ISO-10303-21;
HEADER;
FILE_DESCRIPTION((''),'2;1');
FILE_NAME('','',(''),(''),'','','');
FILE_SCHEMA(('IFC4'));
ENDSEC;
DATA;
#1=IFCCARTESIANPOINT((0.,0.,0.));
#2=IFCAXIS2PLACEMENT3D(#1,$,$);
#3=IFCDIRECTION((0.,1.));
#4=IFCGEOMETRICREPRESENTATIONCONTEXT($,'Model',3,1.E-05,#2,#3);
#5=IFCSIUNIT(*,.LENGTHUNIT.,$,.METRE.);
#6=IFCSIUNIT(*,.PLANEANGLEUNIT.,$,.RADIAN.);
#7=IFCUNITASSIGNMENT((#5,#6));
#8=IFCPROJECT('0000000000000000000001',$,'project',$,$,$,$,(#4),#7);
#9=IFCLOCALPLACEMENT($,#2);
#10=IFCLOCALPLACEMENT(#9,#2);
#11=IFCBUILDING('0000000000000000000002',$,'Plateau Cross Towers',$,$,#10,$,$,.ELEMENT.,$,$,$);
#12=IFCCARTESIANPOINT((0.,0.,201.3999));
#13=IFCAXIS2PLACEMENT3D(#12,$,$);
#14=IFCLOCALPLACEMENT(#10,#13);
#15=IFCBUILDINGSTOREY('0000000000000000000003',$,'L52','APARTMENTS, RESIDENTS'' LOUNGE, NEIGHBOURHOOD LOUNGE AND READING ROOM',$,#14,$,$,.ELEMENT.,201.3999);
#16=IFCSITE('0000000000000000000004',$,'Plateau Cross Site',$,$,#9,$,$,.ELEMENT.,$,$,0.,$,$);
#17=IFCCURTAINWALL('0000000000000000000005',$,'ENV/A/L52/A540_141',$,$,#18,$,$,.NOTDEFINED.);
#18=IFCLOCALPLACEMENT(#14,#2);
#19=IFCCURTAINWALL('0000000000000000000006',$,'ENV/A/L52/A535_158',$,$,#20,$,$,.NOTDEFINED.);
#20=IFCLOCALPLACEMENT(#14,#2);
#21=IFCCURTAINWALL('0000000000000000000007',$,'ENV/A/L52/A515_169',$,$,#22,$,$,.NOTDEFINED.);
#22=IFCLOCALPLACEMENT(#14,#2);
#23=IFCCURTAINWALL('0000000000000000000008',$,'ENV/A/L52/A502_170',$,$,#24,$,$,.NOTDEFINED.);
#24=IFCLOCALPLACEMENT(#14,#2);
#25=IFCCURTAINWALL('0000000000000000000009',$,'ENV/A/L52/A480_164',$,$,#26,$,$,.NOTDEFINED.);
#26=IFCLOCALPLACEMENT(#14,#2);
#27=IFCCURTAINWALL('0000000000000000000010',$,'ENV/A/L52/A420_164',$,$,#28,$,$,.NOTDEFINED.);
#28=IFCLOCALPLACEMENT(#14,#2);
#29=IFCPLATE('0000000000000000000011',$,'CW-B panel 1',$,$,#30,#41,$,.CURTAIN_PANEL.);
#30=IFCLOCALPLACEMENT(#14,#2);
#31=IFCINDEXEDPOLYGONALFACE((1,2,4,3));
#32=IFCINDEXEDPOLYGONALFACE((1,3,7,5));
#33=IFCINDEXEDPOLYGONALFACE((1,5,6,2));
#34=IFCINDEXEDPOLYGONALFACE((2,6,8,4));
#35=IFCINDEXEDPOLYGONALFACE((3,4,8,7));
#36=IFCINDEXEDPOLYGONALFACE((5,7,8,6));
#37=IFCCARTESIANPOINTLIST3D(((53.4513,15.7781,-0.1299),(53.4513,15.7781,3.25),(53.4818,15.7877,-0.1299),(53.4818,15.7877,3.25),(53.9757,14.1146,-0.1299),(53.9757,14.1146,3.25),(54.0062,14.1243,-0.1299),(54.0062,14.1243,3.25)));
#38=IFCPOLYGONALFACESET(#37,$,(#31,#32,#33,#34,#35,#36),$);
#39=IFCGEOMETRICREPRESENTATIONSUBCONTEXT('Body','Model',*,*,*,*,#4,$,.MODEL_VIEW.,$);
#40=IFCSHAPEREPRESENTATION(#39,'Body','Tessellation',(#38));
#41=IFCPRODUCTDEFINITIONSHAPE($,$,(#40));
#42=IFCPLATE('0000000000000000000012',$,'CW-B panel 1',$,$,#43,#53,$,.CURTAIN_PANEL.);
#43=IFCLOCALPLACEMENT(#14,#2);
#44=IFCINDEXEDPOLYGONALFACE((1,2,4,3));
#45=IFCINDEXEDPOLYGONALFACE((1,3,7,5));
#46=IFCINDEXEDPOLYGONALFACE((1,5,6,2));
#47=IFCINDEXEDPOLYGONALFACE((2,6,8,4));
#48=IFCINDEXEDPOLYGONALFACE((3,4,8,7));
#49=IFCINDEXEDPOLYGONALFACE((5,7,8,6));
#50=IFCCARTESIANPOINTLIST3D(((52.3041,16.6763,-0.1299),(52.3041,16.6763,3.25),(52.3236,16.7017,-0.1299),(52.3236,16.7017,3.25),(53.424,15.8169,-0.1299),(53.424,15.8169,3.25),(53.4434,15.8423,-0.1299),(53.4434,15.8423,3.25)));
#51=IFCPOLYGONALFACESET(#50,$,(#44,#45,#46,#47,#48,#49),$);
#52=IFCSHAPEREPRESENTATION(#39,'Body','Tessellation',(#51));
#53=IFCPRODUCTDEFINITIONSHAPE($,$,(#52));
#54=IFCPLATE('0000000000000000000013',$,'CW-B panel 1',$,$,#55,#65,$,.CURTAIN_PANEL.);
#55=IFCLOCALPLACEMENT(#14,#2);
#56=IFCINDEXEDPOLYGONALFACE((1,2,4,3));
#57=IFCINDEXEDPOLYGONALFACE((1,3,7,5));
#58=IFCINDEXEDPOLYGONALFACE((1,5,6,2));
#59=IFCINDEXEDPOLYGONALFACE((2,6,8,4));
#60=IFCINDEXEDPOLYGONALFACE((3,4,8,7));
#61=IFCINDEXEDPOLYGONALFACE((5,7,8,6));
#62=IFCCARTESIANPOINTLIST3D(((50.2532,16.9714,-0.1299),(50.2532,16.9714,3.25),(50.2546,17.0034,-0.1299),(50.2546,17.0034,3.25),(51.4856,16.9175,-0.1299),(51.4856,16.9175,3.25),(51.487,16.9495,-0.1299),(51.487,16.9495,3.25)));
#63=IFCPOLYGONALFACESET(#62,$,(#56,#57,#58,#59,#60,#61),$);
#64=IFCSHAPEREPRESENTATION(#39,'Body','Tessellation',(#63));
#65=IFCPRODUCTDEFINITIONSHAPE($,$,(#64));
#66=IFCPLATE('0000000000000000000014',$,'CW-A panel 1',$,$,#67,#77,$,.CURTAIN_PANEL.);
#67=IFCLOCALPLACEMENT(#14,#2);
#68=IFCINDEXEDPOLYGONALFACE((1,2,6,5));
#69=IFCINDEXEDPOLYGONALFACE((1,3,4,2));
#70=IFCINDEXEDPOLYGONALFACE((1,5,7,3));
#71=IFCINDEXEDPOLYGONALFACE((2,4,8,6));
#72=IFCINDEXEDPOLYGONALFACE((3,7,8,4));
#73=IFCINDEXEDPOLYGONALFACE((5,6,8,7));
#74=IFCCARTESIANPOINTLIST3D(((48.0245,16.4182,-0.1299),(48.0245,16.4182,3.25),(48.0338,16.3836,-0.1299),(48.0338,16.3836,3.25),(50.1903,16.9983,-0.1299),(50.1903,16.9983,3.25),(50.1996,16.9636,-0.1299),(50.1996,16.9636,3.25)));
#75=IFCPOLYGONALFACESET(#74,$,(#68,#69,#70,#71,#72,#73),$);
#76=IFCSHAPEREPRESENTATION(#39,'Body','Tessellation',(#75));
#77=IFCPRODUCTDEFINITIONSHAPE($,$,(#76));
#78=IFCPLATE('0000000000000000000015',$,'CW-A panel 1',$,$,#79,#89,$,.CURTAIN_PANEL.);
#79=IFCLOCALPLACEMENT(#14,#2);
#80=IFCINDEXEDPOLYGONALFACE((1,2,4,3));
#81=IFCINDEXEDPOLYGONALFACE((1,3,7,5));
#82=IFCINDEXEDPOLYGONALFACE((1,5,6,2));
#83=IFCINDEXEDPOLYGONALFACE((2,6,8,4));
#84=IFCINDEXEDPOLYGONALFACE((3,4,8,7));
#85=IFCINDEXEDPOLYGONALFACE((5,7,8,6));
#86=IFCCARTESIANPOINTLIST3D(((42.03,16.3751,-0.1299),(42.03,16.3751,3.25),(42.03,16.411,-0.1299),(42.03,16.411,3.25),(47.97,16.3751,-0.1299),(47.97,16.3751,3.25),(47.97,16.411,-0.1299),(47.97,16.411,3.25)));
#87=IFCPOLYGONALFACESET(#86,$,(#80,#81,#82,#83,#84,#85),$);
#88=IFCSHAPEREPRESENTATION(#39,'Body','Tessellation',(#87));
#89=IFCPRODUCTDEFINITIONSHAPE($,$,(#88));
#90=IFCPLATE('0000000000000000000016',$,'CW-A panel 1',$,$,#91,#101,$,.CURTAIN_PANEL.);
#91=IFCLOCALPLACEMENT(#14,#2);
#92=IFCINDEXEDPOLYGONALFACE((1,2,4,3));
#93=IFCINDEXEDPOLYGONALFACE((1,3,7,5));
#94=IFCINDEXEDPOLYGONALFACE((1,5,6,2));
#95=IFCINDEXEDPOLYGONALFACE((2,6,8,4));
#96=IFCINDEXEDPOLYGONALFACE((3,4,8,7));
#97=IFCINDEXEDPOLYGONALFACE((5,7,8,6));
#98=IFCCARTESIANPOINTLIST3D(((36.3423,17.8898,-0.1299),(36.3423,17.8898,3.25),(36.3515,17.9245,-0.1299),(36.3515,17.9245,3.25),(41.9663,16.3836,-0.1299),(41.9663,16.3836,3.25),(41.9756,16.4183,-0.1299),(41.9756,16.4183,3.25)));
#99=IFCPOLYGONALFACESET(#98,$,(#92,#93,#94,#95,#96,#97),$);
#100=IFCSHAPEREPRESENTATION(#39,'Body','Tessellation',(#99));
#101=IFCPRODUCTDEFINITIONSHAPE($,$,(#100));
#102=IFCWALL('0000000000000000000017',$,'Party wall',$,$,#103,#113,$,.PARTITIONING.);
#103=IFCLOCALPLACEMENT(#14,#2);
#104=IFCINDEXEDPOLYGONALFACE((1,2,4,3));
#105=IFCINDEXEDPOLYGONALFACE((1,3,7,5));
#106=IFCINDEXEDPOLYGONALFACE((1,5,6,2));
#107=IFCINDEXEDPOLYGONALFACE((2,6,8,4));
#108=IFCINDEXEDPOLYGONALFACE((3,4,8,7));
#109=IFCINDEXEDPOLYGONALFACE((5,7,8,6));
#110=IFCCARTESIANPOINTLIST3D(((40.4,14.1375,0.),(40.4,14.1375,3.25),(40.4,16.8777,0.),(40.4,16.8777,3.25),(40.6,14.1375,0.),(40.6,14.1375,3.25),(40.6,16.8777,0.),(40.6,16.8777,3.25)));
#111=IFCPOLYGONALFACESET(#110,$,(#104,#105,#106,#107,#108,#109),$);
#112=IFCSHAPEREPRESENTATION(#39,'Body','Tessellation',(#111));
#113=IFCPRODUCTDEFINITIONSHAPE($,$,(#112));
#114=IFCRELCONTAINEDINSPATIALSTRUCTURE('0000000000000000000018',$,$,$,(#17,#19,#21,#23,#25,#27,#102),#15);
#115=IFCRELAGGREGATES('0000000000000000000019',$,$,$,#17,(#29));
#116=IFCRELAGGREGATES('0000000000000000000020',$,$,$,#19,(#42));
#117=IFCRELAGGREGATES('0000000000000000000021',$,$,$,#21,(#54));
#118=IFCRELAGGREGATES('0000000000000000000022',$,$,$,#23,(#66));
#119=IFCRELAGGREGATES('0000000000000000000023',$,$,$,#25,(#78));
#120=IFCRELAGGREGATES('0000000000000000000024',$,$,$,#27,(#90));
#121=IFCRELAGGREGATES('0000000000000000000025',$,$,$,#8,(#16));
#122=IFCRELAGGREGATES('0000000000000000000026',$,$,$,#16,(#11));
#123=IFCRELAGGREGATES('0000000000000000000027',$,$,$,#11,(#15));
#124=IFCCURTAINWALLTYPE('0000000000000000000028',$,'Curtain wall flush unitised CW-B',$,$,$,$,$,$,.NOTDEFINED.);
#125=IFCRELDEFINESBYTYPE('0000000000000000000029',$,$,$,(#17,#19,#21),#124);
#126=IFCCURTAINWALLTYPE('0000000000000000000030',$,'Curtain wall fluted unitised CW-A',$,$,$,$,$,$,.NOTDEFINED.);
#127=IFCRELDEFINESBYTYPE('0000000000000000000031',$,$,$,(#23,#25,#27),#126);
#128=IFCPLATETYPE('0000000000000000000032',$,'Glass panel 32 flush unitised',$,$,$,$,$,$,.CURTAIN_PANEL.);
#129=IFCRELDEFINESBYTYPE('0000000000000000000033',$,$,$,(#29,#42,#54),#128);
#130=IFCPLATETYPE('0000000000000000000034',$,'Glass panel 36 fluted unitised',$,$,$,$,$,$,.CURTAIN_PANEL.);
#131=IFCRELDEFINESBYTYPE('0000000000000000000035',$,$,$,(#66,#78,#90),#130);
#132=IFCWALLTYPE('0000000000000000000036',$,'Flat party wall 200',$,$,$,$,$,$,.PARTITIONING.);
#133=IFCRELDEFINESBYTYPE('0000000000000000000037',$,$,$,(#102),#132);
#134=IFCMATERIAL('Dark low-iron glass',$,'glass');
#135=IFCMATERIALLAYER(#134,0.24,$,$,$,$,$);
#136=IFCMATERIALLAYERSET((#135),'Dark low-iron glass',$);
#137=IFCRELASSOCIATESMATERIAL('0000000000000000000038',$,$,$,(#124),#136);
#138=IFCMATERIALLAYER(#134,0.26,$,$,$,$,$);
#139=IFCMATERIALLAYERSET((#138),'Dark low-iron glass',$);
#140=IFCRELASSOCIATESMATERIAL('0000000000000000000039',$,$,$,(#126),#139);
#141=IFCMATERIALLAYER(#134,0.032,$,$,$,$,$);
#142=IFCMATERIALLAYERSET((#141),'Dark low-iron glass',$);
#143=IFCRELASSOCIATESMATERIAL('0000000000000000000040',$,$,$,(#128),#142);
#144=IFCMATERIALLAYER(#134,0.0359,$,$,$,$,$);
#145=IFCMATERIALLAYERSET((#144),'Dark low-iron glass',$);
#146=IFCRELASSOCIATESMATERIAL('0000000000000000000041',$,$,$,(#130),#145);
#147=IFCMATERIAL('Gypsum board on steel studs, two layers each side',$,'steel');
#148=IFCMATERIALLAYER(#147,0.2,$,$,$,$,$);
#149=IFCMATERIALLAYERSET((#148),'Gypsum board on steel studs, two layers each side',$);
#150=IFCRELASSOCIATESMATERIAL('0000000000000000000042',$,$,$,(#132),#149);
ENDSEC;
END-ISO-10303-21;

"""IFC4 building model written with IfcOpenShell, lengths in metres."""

from ifc_helpers import new_model, si_unit, direction, frame, frame_2d, origin, origin_2d, place, context, subcontext, project, spatial, rectangle, extrude, material, layer, layer_set, type_object, element, aggregate, save


model = new_model("IFC4")

# Units and contexts
model_context = context("Model", 3, precision=1e-05, world=origin(), true_north=direction((0.0, 1.0)))
body_context = subcontext(model_context, "Body", "Model", "MODEL_VIEW")
ifc_project = project(units=[si_unit("LENGTHUNIT", "METRE"), si_unit("PLANEANGLEUNIT", "RADIAN")], contexts=[model_context])

# Site, building, storey
site_placement = place(None, origin())
site = spatial("IfcSite", under=ifc_project, at=site_placement, Name="Plateau Cross Site", CompositionType="ELEMENT", RefElevation=0.0)
building_placement = place(site_placement, origin())
building = spatial("IfcBuilding", under=site, at=building_placement, Name="Plateau Cross Towers", CompositionType="ELEMENT")
storey_placement = place(building_placement, frame((0.0, 0.0, 201.3999)))
storey = spatial("IfcBuildingStorey", under=building, at=storey_placement, Name="L52", Description="APARTMENTS, RESIDENTS' LOUNGE, NEIGHBOURHOOD LOUNGE AND READING ROOM", CompositionType="ELEMENT", Elevation=201.3999)

# Curtain wall
ifc_material_1 = material(Name="Dark low-iron glass", Category="glass")
ifc_layer_1 = layer(ifc_material_1, 0.24)
ifc_layer_set_1 = layer_set([ifc_layer_1], Name="Dark low-iron glass")
curtain_wall_type_1 = type_object("IfcCurtainWallType", Name="Curtain wall flush unitised CW-B", PredefinedType="NOTDEFINED", material=ifc_layer_set_1)
curtain_wall_1_placement = place(storey_placement, origin())
curtain_wall_1 = element("IfcCurtainWall", 1, at=curtain_wall_1_placement, inside=storey, type_object=curtain_wall_type_1, Name="ENV/A/L52/A540_141", PredefinedType="NOTDEFINED")

# Curtain wall
curtain_wall_2_placement = place(storey_placement, origin())
curtain_wall_2 = element("IfcCurtainWall", 2, at=curtain_wall_2_placement, inside=storey, type_object=curtain_wall_type_1, Name="ENV/A/L52/A535_158", PredefinedType="NOTDEFINED")

# Curtain walls
curtain_wall_3_placement = place(storey_placement, origin())
curtain_wall_3 = element("IfcCurtainWall", 3, at=curtain_wall_3_placement, inside=storey, type_object=curtain_wall_type_1, Name="ENV/A/L52/A515_169", PredefinedType="NOTDEFINED")
ifc_layer_2 = layer(ifc_material_1, 0.26)
ifc_layer_set_2 = layer_set([ifc_layer_2], Name="Dark low-iron glass")
curtain_wall_type_2 = type_object("IfcCurtainWallType", Name="Curtain wall fluted unitised CW-A", PredefinedType="NOTDEFINED", material=ifc_layer_set_2)
curtain_wall_4_placement = place(storey_placement, origin())
curtain_wall_4 = element("IfcCurtainWall", 4, at=curtain_wall_4_placement, inside=storey, type_object=curtain_wall_type_2, Name="ENV/A/L52/A502_170", PredefinedType="NOTDEFINED")
curtain_wall_5_placement = place(storey_placement, origin())
curtain_wall_5 = element("IfcCurtainWall", 5, at=curtain_wall_5_placement, inside=storey, type_object=curtain_wall_type_2, Name="ENV/A/L52/A480_164", PredefinedType="NOTDEFINED")
curtain_wall_6_placement = place(storey_placement, origin())
curtain_wall_6 = element("IfcCurtainWall", 6, at=curtain_wall_6_placement, inside=storey, type_object=curtain_wall_type_2, Name="ENV/A/L52/A420_164", PredefinedType="NOTDEFINED")

# Plates
ifc_layer_3 = layer(ifc_material_1, 0.032)
ifc_layer_set_3 = layer_set([ifc_layer_3], Name="Dark low-iron glass")
plate_type_1 = type_object("IfcPlateType", Name="Glass panel 32 flush unitised", PredefinedType="CURTAIN_PANEL", material=ifc_layer_set_3)
plate_1_placement = place(storey_placement, frame((53.7288, 14.9512, -0.1299), z_axis=(0.0, 0.0, 1.0), x_axis=(-0.300686, 0.953723, 0.0)))
plate_1 = element("IfcPlate", 7, at=plate_1_placement, type_object=plate_type_1, Name="CW-B panel 1", PredefinedType="CURTAIN_PANEL", context=body_context, shape_type="SweptSolid", body=[
    extrude(rectangle(XDim=1.7441, YDim=0.032, at=origin_2d()), origin(), (0.0, 0.0, 1.0), 3.3799),
])
aggregate(curtain_wall_1, [plate_1])
plate_2_placement = place(storey_placement, frame((52.8738, 16.2593, -0.1299), z_axis=(0.0, 0.0, 1.0), x_axis=(-0.793316, 0.608811, 0.0)))
plate_2 = element("IfcPlate", 8, at=plate_2_placement, type_object=plate_type_1, Name="CW-B panel 1", PredefinedType="CURTAIN_PANEL", context=body_context, shape_type="SweptSolid", body=[
    extrude(rectangle(XDim=1.4116, YDim=0.032, at=origin_2d()), origin(), (0.0, 0.0, 1.0), 3.3799),
])
aggregate(curtain_wall_2, [plate_2])
plate_3_placement = place(storey_placement, frame((50.8701, 16.9604, -0.1299), z_axis=(0.0, 0.0, 1.0), x_axis=(-0.999044, 0.043723, 0.0)))
plate_3 = element("IfcPlate", 9, at=plate_3_placement, type_object=plate_type_1, Name="CW-B panel 1", PredefinedType="CURTAIN_PANEL", context=body_context, shape_type="SweptSolid", body=[
    extrude(rectangle(XDim=1.2336, YDim=0.032, at=origin_2d()), origin(), (0.0, 0.0, 1.0), 3.3799),
])
aggregate(curtain_wall_3, [plate_3])
ifc_layer_4 = layer(ifc_material_1, 0.0359)
ifc_layer_set_4 = layer_set([ifc_layer_4], Name="Dark low-iron glass")
plate_type_2 = type_object("IfcPlateType", Name="Glass panel 36 fluted unitised", PredefinedType="CURTAIN_PANEL", material=ifc_layer_set_4)
plate_4_placement = place(storey_placement, frame((49.1121, 16.6909, -0.1299), z_axis=(0.0, 0.0, 1.0), x_axis=(-0.965958, -0.258699, 0.0)))
plate_4 = element("IfcPlate", 10, at=plate_4_placement, type_object=plate_type_2, Name="CW-A panel 1", PredefinedType="CURTAIN_PANEL", context=body_context, shape_type="SweptSolid", body=[
    extrude(rectangle(XDim=2.2422, YDim=0.0359, at=origin_2d()), origin(), (0.0, 0.0, 1.0), 3.3799),
])
aggregate(curtain_wall_4, [plate_4])
plate_5_placement = place(storey_placement, frame((45.0, 16.3931, -0.1299), z_axis=(0.0, 0.0, 1.0), x_axis=(-1.0, 0.0, 0.0)))
plate_5 = element("IfcPlate", 11, at=plate_5_placement, type_object=plate_type_2, Name="CW-A panel 1", PredefinedType="CURTAIN_PANEL", context=body_context, shape_type="SweptSolid", body=[
    extrude(rectangle(XDim=5.9399, YDim=0.0359, at=origin_2d()), origin(), (0.0, 0.0, 1.0), 3.3799),
])
aggregate(curtain_wall_5, [plate_5])
plate_6_placement = place(storey_placement, frame((39.1589, 17.1541, -0.1299), z_axis=(0.0, 0.0, 1.0), x_axis=(-0.965958, 0.258699, 0.0)))
plate_6 = element("IfcPlate", 12, at=plate_6_placement, type_object=plate_type_2, Name="CW-A panel 1", PredefinedType="CURTAIN_PANEL", context=body_context, shape_type="SweptSolid", body=[
    extrude(rectangle(XDim=5.8223, YDim=0.0359, at=origin_2d()), origin(), (0.0, 0.0, 1.0), 3.3799),
])
aggregate(curtain_wall_6, [plate_6])

# Wall
ifc_material_2 = material(Name="Gypsum board on steel studs, two layers each side", Category="steel")
ifc_layer_5 = layer(ifc_material_2, 0.2)
ifc_layer_set_5 = layer_set([ifc_layer_5], Name="Gypsum board on steel studs, two layers each side")
wall_type = type_object("IfcWallType", Name="Flat party wall 200", PredefinedType="PARTITIONING", material=ifc_layer_set_5)
wall_placement = place(storey_placement, frame((40.5, 14.1375, 0.0), z_axis=(0.0, 0.0, 1.0), x_axis=(0.0, 1.0, 0.0)))
element("IfcWall", 13, at=wall_placement, inside=storey, type_object=wall_type, Name="Party wall", PredefinedType="PARTITIONING", context=body_context, shape_type="SweptSolid", body=[
    extrude(rectangle(XDim=2.7402, YDim=0.2, at=frame_2d((1.3701, 0.0))), origin(), (0.0, 0.0, 1.0), 3.25),
])

save(model, "model.ifc")
